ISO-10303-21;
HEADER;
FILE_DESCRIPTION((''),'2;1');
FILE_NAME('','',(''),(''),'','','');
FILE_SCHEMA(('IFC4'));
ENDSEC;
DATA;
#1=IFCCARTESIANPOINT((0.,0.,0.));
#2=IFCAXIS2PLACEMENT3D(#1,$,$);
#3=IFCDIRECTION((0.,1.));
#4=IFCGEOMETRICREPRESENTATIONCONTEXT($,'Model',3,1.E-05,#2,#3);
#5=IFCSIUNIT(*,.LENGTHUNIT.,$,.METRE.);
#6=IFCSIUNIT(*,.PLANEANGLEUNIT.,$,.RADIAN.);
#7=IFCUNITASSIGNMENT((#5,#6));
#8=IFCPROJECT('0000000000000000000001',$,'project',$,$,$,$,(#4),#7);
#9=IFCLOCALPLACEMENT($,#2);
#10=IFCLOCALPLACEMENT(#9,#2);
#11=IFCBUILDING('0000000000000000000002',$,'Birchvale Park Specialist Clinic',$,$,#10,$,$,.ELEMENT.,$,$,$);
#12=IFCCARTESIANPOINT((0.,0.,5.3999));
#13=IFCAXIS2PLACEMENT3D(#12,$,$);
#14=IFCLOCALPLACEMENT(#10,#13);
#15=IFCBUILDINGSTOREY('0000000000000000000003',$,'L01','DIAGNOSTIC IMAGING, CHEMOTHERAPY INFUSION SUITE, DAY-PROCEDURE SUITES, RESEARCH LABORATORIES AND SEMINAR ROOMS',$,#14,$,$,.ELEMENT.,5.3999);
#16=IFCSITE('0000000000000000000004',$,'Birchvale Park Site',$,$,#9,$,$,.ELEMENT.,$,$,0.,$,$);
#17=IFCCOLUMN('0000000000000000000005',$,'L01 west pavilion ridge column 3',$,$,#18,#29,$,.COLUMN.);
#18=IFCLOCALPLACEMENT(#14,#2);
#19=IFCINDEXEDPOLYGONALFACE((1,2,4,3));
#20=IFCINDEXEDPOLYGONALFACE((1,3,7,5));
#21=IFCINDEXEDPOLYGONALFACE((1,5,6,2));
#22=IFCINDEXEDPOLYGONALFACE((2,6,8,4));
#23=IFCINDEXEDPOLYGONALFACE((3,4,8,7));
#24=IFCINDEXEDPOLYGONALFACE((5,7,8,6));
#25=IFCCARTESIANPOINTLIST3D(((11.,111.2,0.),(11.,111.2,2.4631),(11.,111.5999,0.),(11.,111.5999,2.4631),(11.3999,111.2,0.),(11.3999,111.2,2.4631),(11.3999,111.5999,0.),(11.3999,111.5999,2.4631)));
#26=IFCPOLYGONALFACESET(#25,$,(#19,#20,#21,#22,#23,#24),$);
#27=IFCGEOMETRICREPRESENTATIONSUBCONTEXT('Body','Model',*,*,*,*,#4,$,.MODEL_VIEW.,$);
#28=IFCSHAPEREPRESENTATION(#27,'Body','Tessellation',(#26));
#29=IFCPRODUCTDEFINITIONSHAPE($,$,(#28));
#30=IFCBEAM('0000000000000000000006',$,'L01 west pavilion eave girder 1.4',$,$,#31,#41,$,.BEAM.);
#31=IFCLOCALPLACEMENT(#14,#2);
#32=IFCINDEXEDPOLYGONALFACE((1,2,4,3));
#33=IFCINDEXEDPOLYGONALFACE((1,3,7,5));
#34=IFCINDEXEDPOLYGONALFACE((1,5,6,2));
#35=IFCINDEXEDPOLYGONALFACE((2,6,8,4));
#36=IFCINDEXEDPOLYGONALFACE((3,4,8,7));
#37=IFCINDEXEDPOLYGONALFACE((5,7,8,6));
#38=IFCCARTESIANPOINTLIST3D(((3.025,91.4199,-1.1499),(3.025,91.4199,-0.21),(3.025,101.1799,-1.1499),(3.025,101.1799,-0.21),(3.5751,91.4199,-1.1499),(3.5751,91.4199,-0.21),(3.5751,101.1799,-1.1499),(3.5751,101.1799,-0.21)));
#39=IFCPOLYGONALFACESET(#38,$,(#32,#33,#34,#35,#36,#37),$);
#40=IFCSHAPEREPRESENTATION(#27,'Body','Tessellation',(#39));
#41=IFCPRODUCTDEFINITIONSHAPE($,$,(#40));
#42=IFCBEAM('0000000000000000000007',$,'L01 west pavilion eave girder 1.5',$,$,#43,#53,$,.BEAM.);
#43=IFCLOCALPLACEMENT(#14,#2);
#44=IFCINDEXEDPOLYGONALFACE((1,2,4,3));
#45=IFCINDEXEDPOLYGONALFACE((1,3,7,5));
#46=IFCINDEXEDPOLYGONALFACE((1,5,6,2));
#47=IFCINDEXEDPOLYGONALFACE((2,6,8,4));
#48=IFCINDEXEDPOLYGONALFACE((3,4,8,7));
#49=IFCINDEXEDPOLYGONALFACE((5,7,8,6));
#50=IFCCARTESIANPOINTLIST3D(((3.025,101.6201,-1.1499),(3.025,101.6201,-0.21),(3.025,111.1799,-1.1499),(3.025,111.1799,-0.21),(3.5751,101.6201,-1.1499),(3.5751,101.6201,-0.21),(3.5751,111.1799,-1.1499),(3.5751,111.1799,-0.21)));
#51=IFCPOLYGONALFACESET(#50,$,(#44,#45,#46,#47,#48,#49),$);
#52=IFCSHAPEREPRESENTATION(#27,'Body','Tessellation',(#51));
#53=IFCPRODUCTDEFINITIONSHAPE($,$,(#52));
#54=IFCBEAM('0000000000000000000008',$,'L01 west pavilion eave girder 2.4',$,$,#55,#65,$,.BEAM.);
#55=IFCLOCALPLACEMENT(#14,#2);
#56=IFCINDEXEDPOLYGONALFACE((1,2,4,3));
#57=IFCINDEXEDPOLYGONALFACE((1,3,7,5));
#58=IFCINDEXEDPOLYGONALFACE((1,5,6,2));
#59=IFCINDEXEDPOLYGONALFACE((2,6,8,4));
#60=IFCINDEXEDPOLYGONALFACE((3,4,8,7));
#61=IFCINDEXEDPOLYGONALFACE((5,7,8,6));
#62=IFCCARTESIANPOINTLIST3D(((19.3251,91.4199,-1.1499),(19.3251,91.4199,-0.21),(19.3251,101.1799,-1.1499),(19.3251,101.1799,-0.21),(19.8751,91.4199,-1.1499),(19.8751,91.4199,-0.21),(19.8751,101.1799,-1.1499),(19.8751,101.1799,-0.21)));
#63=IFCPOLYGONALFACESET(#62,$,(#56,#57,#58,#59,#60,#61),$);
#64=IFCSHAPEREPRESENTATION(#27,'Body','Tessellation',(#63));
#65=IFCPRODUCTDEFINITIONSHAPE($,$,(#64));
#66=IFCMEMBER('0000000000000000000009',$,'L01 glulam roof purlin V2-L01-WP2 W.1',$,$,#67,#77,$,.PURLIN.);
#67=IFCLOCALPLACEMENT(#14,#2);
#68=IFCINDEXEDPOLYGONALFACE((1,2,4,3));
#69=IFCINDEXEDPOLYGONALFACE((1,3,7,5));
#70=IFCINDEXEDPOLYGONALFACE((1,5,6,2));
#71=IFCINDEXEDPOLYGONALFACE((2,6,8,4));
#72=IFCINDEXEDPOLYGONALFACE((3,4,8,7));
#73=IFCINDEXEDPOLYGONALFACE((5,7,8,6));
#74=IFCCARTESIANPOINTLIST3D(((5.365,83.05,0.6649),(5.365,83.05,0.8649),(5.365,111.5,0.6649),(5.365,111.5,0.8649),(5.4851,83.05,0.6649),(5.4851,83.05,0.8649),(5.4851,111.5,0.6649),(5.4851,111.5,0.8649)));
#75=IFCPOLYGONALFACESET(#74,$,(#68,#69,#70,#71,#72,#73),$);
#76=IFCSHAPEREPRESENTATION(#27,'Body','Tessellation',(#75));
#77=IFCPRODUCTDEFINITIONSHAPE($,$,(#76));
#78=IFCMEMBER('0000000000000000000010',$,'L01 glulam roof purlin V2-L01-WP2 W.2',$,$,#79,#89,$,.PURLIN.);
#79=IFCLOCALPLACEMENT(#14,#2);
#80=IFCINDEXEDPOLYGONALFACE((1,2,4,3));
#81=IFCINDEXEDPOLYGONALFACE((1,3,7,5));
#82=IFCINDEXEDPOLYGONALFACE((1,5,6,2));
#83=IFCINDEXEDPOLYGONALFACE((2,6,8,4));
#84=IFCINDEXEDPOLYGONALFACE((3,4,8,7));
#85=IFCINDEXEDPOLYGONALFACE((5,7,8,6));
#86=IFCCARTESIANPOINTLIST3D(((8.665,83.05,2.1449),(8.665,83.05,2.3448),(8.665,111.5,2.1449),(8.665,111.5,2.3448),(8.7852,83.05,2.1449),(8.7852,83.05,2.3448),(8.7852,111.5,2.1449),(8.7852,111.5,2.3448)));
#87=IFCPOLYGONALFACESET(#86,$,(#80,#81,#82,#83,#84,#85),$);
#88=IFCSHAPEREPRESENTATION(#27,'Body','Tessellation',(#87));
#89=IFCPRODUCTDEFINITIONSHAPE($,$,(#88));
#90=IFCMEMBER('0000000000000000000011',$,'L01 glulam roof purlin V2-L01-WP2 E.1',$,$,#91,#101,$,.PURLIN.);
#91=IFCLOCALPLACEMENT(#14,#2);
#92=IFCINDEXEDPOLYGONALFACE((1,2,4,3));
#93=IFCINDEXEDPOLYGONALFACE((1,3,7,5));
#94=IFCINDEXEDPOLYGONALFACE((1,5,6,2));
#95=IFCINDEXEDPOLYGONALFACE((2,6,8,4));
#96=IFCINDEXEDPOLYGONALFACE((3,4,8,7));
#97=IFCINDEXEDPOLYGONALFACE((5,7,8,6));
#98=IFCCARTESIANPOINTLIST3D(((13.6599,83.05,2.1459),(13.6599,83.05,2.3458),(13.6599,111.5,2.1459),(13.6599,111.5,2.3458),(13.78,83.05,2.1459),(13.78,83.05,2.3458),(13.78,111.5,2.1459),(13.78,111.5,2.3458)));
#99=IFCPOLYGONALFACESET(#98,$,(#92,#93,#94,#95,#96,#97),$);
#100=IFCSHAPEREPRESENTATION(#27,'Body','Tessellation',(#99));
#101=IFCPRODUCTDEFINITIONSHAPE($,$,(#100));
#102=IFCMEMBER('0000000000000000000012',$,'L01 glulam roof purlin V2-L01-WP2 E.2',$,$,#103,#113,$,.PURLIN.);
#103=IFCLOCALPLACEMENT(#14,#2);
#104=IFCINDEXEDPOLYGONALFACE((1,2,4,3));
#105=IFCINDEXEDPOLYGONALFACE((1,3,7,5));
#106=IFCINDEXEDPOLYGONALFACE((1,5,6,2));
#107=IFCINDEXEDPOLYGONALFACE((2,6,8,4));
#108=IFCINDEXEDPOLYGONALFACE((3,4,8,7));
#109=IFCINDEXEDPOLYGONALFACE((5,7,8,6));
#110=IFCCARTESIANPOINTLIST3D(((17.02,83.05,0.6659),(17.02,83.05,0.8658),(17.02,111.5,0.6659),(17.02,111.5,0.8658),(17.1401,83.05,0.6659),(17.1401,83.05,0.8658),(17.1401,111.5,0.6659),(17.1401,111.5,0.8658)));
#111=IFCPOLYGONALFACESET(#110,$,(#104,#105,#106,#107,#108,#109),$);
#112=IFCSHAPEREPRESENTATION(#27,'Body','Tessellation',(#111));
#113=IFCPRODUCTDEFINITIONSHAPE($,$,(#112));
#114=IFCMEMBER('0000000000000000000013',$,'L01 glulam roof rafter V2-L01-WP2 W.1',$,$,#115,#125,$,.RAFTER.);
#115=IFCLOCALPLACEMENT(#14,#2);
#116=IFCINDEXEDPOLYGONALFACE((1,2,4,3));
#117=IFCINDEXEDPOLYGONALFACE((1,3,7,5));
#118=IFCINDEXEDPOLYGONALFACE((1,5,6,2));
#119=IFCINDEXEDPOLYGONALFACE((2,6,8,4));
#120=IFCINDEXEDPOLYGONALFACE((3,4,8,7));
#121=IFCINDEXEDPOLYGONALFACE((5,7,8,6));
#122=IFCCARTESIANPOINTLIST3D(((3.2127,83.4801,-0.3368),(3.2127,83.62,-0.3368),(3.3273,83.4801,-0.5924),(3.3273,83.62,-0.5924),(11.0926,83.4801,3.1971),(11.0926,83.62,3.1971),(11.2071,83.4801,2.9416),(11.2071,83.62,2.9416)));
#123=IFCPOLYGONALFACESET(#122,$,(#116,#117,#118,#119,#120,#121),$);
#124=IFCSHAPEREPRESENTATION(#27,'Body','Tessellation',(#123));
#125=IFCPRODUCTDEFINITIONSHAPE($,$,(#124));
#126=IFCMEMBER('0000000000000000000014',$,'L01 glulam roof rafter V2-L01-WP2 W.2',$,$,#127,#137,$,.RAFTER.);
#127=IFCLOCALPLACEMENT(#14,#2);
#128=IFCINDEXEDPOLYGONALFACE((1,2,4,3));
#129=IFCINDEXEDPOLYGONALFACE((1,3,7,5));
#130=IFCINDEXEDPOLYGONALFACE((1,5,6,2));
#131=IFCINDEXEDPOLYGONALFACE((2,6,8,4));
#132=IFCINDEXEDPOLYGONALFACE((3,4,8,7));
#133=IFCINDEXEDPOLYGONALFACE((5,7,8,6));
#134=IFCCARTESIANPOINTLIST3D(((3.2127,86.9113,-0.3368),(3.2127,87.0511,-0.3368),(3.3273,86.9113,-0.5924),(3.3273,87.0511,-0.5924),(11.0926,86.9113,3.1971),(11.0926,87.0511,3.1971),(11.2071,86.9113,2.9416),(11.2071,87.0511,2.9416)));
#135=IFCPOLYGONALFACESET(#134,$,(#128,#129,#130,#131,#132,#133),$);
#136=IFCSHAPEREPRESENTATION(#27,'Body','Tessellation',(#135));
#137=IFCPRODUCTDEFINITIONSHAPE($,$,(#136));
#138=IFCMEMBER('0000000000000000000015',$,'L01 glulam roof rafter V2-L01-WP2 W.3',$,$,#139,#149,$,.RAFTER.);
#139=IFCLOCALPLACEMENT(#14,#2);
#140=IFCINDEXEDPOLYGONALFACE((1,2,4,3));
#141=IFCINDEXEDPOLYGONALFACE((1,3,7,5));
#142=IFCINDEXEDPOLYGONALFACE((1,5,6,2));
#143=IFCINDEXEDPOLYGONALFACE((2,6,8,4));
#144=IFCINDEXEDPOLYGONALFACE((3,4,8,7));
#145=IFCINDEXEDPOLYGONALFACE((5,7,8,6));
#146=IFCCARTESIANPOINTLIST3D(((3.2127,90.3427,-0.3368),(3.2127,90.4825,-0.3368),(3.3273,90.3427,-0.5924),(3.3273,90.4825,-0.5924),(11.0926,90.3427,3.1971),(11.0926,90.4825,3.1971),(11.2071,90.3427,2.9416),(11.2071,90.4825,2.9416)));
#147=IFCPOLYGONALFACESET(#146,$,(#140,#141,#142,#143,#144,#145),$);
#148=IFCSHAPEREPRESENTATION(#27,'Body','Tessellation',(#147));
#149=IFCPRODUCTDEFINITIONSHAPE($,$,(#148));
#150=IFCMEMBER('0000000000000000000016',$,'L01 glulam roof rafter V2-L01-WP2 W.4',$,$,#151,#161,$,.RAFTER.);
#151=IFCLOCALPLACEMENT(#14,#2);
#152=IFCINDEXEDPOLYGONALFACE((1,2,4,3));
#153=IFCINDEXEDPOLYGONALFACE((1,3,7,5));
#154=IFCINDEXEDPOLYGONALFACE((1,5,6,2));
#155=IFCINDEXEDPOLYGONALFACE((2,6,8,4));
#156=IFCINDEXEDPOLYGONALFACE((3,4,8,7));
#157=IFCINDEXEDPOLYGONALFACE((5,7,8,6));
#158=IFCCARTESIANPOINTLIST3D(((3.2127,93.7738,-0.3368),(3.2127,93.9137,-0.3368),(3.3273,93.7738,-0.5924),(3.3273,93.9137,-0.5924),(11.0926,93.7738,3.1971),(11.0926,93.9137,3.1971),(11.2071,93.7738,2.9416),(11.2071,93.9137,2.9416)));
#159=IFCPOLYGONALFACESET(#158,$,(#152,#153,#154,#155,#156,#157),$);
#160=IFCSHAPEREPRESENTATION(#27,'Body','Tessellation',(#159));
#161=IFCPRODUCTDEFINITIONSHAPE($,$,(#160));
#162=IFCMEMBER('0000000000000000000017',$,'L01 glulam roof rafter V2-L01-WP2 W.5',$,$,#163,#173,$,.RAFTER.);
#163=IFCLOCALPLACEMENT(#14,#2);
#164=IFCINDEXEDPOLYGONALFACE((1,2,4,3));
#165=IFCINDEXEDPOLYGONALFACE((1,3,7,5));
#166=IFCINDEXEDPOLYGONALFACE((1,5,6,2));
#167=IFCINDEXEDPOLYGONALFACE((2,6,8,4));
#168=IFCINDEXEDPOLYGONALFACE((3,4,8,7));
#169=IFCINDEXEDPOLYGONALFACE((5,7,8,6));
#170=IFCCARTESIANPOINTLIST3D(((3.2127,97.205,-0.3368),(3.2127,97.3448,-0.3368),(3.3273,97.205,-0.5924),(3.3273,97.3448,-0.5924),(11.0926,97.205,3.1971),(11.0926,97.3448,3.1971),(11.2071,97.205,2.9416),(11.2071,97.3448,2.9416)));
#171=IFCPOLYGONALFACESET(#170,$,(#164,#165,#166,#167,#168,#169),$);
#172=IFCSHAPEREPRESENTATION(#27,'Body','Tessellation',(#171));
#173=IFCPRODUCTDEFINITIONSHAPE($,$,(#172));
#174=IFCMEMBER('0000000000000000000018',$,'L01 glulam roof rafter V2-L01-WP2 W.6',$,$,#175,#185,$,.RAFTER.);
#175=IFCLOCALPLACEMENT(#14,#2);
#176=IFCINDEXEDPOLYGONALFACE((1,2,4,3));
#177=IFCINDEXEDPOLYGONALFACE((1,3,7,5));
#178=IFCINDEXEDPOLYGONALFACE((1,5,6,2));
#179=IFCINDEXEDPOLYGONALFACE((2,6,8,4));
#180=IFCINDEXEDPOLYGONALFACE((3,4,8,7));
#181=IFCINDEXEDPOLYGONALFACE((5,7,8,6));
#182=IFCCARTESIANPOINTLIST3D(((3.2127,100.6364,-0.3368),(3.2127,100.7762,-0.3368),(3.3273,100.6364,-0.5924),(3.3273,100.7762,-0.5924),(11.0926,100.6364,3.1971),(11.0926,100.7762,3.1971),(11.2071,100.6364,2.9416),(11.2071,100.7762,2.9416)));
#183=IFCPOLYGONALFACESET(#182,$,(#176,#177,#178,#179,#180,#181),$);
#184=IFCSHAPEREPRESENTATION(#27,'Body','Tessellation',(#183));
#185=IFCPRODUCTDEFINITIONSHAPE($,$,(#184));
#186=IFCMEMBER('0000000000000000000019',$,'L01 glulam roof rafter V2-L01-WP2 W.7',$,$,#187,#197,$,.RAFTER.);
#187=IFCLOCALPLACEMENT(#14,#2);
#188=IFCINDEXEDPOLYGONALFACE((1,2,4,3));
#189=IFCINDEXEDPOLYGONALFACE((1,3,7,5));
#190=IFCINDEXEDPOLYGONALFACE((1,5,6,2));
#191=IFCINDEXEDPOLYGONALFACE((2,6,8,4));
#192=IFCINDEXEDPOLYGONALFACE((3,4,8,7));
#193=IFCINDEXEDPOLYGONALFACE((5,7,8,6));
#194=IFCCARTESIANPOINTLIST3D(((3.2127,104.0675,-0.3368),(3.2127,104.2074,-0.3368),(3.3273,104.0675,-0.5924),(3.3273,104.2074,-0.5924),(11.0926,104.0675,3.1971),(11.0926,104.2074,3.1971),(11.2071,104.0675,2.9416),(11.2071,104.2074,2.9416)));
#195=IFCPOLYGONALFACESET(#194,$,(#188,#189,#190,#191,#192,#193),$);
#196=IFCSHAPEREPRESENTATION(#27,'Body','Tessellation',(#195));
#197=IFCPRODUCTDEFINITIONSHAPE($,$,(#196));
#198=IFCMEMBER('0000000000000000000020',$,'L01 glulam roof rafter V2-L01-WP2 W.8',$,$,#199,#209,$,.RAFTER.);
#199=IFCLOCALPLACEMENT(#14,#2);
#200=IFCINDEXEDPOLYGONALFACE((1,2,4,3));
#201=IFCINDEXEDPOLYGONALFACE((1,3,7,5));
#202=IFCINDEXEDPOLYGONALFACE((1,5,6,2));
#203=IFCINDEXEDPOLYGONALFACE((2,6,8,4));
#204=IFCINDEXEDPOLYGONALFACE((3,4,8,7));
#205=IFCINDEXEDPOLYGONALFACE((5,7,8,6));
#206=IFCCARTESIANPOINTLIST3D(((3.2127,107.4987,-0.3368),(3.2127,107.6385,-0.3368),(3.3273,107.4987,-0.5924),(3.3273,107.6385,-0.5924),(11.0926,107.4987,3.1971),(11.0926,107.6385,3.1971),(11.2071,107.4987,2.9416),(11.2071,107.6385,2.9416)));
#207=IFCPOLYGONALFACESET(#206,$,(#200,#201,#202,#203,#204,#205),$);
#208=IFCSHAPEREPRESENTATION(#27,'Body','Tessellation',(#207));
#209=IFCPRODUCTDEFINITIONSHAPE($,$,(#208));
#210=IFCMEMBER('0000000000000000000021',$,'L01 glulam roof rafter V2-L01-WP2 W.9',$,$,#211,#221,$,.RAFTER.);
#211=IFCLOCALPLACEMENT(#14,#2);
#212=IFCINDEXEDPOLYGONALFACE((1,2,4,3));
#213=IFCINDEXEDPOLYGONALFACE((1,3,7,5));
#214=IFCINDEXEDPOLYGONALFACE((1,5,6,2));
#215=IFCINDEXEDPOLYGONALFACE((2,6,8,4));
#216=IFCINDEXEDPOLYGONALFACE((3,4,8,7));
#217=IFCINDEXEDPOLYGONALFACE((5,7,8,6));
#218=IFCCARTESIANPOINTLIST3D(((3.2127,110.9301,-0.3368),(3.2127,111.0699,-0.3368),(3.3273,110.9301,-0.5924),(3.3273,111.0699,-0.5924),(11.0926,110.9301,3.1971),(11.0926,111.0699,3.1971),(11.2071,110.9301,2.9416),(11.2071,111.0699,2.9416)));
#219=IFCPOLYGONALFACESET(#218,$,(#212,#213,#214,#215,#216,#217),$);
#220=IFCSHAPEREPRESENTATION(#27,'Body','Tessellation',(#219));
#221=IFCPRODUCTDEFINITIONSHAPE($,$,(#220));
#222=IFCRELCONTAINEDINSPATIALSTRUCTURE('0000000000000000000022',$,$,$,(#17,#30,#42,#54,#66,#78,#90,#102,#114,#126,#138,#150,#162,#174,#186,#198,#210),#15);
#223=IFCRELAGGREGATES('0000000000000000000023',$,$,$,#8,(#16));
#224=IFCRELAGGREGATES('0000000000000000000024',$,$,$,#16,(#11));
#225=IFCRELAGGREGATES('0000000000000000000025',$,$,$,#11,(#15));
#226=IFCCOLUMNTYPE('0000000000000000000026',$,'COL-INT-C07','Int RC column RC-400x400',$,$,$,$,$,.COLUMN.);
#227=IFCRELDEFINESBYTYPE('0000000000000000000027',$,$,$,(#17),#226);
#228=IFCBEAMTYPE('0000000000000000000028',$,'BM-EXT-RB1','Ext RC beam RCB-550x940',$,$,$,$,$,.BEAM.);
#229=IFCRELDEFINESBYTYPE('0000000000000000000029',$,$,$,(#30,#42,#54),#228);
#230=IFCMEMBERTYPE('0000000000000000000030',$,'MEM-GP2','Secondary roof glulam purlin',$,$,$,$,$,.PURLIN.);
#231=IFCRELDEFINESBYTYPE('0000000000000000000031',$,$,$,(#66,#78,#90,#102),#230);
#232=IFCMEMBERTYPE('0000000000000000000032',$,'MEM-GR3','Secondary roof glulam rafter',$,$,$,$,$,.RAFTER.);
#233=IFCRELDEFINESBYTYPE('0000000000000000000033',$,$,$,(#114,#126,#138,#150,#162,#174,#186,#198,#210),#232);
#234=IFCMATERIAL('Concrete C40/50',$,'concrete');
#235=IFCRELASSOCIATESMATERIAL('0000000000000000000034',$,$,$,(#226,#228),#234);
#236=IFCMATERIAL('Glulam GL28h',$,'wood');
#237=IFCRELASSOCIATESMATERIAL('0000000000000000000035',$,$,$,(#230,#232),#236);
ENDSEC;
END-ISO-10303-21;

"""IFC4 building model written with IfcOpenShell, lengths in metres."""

from ifc_helpers import new_model, si_unit, direction, frame, origin, origin_2d, place, context, subcontext, project, spatial, rectangle, extrude, material, material_profile, profile_set, type_object, element, save


model = new_model("IFC4")

# Units and contexts
model_context = context("Model", 3, precision=1e-05, world=origin(), true_north=direction((0.0, 1.0)))
body_context = subcontext(model_context, "Body", "Model", "MODEL_VIEW")
ifc_project = project(units=[si_unit("LENGTHUNIT", "METRE"), si_unit("PLANEANGLEUNIT", "RADIAN")], contexts=[model_context])

# Site, building, storey
site_placement = place(None, origin())
site = spatial("IfcSite", under=ifc_project, at=site_placement, Name="Birchvale Park Site", CompositionType="ELEMENT", RefElevation=0.0)
building_placement = place(site_placement, origin())
building = spatial("IfcBuilding", under=site, at=building_placement, Name="Birchvale Park Specialist Clinic", CompositionType="ELEMENT")
storey_placement = place(building_placement, frame((0.0, 0.0, 5.3999)))
storey = spatial("IfcBuildingStorey", under=building, at=storey_placement, Name="L01", Description="DIAGNOSTIC IMAGING, CHEMOTHERAPY INFUSION SUITE, DAY-PROCEDURE SUITES, RESEARCH LABORATORIES AND SEMINAR ROOMS", CompositionType="ELEMENT", Elevation=5.3999)

# Column
ifc_material_1 = material(Name="Concrete C40/50", Category="concrete")
ifc_material_profile_1 = material_profile(ifc_material_1, rectangle(XDim=0.3999, YDim=0.3999, at=origin_2d()), Name="RC-400x400")
ifc_profile_set_1 = profile_set([ifc_material_profile_1], Name="Concrete C40/50")
column_type = type_object("IfcColumnType", Name="COL-INT-C07", Description="Int RC column RC-400x400", PredefinedType="COLUMN", material=ifc_profile_set_1)
column_placement = place(storey_placement, frame((11.2, 111.3999, 0.0), z_axis=(0.0, 0.0, 1.0), x_axis=(1.0, 0.0, 0.0)))
element("IfcColumn", 1, at=column_placement, inside=storey, type_object=column_type, Name="L01 west pavilion ridge column 3", PredefinedType="COLUMN", context=body_context, shape_type="SweptSolid", body=[
    extrude(rectangle(XDim=0.3999, YDim=0.3999, at=origin_2d()), origin(), (0.0, 0.0, 1.0), 2.4631),
])

# Beams
ifc_material_profile_2 = material_profile(ifc_material_1, rectangle(XDim=0.55, YDim=0.9399, at=origin_2d()), Name="RCB-550x940")
ifc_profile_set_2 = profile_set([ifc_material_profile_2], Name="Concrete C40/50")
beam_type = type_object("IfcBeamType", Name="BM-EXT-RB1", Description="Ext RC beam RCB-550x940", PredefinedType="BEAM", material=ifc_profile_set_2)
beam_1_placement = place(storey_placement, frame((3.3, 91.4199, -0.6799), z_axis=(0.0, 1.0, 0.0), x_axis=(-1.0, 0.0, 0.0)))
element("IfcBeam", 2, at=beam_1_placement, inside=storey, type_object=beam_type, Name="L01 west pavilion eave girder 1.4", PredefinedType="BEAM", context=body_context, shape_type="SweptSolid", body=[
    extrude(rectangle(XDim=0.55, YDim=0.9399, at=origin_2d()), origin(), (0.0, 0.0, 1.0), 9.76),
])
beam_2_placement = place(storey_placement, frame((3.3, 101.6201, -0.6799), z_axis=(0.0, 1.0, 0.0), x_axis=(-1.0, 0.0, 0.0)))
element("IfcBeam", 3, at=beam_2_placement, inside=storey, type_object=beam_type, Name="L01 west pavilion eave girder 1.5", PredefinedType="BEAM", context=body_context, shape_type="SweptSolid", body=[
    extrude(rectangle(XDim=0.55, YDim=0.9399, at=origin_2d()), origin(), (0.0, 0.0, 1.0), 9.5598),
])
beam_3_placement = place(storey_placement, frame((19.6001, 91.4199, -0.6799), z_axis=(0.0, 1.0, 0.0), x_axis=(-1.0, 0.0, 0.0)))
element("IfcBeam", 4, at=beam_3_placement, inside=storey, type_object=beam_type, Name="L01 west pavilion eave girder 2.4", PredefinedType="BEAM", context=body_context, shape_type="SweptSolid", body=[
    extrude(rectangle(XDim=0.55, YDim=0.9399, at=origin_2d()), origin(), (0.0, 0.0, 1.0), 9.76),
])

# Members
ifc_material_2 = material(Name="Glulam GL28h", Category="wood")
ifc_material_profile_3 = material_profile(ifc_material_2, rectangle(XDim=0.1201, YDim=0.2, at=origin_2d()), Name="GL-120x200")
ifc_profile_set_3 = profile_set([ifc_material_profile_3], Name="Glulam GL28h")
member_type_1 = type_object("IfcMemberType", Name="MEM-GP2", Description="Secondary roof glulam purlin", PredefinedType="PURLIN", material=ifc_profile_set_3)
for number, where, z_axis, x_axis, name in (
    (5, (5.425, 83.05, 0.7649), (0.0, 1.0, 0.0), (-1.0, 0.0, 0.0), "L01 glulam roof purlin V2-L01-WP2 W.1"),
    (6, (8.7251, 83.05, 2.2449), (0.0, 1.0, 0.0), (-1.0, 0.0, 0.0), "L01 glulam roof purlin V2-L01-WP2 W.2"),
    (7, (13.72, 83.05, 2.2458), (0.0, 1.0, 0.0), (-1.0, 0.0, 0.0), "L01 glulam roof purlin V2-L01-WP2 E.1"),
    (8, (17.0801, 83.05, 0.7659), (0.0, 1.0, 0.0), (-1.0, 0.0, 0.0), "L01 glulam roof purlin V2-L01-WP2 E.2"),
):
    element("IfcMember", number, at=place(storey_placement, frame(where, z_axis=z_axis, x_axis=x_axis)), inside=storey, type_object=member_type_1, Name=name, PredefinedType="PURLIN", context=body_context, shape_type="SweptSolid", body=[
        extrude(rectangle(XDim=0.1201, YDim=0.2, at=origin_2d()), origin(), (0.0, 0.0, 1.0), 28.45),
    ])
ifc_material_profile_4 = material_profile(ifc_material_2, rectangle(XDim=0.1399, YDim=0.28, at=origin_2d()), Name="GL-140x280")
ifc_profile_set_4 = profile_set([ifc_material_profile_4], Name="Glulam GL28h")
member_type_2 = type_object("IfcMemberType", Name="MEM-GR3", Description="Secondary roof glulam rafter", PredefinedType="RAFTER", material=ifc_profile_set_4)
for number, where, z_axis, x_axis, name in (
    (9, (3.27, 83.55, -0.4646), (0.912441, 0.0, 0.409208), (0.0, 1.0, 0.0), "L01 glulam roof rafter V2-L01-WP2 W.1"),
    (10, (3.27, 86.9812, -0.4646), (0.912441, 0.0, 0.409208), (0.0, 1.0, 0.0), "L01 glulam roof rafter V2-L01-WP2 W.2"),
    (11, (3.27, 90.4126, -0.4646), (0.912441, 0.0, 0.409208), (0.0, 1.0, 0.0), "L01 glulam roof rafter V2-L01-WP2 W.3"),
    (12, (3.27, 93.8438, -0.4646), (0.912441, 0.0, 0.409208), (0.0, 1.0, 0.0), "L01 glulam roof rafter V2-L01-WP2 W.4"),
    (13, (3.27, 97.2749, -0.4646), (0.912441, 0.0, 0.409208), (0.0, 1.0, 0.0), "L01 glulam roof rafter V2-L01-WP2 W.5"),
    (14, (3.27, 100.7063, -0.4646), (0.912441, 0.0, 0.409208), (0.0, 1.0, 0.0), "L01 glulam roof rafter V2-L01-WP2 W.6"),
    (15, (3.27, 104.1375, -0.4646), (0.912441, 0.0, 0.409208), (0.0, 1.0, 0.0), "L01 glulam roof rafter V2-L01-WP2 W.7"),
    (16, (3.27, 107.5686, -0.4646), (0.912441, 0.0, 0.409208), (0.0, 1.0, 0.0), "L01 glulam roof rafter V2-L01-WP2 W.8"),
    (17, (3.27, 111.0, -0.4646), (0.912441, 0.0, 0.409208), (0.0, 1.0, 0.0), "L01 glulam roof rafter V2-L01-WP2 W.9"),
):
    element("IfcMember", number, at=place(storey_placement, frame(where, z_axis=z_axis, x_axis=x_axis)), inside=storey, type_object=member_type_2, Name=name, PredefinedType="RAFTER", context=body_context, shape_type="SweptSolid", body=[
        extrude(rectangle(XDim=0.1399, YDim=0.28, at=origin_2d()), origin(), (0.0, 0.0, 1.0), 8.636),
    ])

save(model, "model.ifc")
